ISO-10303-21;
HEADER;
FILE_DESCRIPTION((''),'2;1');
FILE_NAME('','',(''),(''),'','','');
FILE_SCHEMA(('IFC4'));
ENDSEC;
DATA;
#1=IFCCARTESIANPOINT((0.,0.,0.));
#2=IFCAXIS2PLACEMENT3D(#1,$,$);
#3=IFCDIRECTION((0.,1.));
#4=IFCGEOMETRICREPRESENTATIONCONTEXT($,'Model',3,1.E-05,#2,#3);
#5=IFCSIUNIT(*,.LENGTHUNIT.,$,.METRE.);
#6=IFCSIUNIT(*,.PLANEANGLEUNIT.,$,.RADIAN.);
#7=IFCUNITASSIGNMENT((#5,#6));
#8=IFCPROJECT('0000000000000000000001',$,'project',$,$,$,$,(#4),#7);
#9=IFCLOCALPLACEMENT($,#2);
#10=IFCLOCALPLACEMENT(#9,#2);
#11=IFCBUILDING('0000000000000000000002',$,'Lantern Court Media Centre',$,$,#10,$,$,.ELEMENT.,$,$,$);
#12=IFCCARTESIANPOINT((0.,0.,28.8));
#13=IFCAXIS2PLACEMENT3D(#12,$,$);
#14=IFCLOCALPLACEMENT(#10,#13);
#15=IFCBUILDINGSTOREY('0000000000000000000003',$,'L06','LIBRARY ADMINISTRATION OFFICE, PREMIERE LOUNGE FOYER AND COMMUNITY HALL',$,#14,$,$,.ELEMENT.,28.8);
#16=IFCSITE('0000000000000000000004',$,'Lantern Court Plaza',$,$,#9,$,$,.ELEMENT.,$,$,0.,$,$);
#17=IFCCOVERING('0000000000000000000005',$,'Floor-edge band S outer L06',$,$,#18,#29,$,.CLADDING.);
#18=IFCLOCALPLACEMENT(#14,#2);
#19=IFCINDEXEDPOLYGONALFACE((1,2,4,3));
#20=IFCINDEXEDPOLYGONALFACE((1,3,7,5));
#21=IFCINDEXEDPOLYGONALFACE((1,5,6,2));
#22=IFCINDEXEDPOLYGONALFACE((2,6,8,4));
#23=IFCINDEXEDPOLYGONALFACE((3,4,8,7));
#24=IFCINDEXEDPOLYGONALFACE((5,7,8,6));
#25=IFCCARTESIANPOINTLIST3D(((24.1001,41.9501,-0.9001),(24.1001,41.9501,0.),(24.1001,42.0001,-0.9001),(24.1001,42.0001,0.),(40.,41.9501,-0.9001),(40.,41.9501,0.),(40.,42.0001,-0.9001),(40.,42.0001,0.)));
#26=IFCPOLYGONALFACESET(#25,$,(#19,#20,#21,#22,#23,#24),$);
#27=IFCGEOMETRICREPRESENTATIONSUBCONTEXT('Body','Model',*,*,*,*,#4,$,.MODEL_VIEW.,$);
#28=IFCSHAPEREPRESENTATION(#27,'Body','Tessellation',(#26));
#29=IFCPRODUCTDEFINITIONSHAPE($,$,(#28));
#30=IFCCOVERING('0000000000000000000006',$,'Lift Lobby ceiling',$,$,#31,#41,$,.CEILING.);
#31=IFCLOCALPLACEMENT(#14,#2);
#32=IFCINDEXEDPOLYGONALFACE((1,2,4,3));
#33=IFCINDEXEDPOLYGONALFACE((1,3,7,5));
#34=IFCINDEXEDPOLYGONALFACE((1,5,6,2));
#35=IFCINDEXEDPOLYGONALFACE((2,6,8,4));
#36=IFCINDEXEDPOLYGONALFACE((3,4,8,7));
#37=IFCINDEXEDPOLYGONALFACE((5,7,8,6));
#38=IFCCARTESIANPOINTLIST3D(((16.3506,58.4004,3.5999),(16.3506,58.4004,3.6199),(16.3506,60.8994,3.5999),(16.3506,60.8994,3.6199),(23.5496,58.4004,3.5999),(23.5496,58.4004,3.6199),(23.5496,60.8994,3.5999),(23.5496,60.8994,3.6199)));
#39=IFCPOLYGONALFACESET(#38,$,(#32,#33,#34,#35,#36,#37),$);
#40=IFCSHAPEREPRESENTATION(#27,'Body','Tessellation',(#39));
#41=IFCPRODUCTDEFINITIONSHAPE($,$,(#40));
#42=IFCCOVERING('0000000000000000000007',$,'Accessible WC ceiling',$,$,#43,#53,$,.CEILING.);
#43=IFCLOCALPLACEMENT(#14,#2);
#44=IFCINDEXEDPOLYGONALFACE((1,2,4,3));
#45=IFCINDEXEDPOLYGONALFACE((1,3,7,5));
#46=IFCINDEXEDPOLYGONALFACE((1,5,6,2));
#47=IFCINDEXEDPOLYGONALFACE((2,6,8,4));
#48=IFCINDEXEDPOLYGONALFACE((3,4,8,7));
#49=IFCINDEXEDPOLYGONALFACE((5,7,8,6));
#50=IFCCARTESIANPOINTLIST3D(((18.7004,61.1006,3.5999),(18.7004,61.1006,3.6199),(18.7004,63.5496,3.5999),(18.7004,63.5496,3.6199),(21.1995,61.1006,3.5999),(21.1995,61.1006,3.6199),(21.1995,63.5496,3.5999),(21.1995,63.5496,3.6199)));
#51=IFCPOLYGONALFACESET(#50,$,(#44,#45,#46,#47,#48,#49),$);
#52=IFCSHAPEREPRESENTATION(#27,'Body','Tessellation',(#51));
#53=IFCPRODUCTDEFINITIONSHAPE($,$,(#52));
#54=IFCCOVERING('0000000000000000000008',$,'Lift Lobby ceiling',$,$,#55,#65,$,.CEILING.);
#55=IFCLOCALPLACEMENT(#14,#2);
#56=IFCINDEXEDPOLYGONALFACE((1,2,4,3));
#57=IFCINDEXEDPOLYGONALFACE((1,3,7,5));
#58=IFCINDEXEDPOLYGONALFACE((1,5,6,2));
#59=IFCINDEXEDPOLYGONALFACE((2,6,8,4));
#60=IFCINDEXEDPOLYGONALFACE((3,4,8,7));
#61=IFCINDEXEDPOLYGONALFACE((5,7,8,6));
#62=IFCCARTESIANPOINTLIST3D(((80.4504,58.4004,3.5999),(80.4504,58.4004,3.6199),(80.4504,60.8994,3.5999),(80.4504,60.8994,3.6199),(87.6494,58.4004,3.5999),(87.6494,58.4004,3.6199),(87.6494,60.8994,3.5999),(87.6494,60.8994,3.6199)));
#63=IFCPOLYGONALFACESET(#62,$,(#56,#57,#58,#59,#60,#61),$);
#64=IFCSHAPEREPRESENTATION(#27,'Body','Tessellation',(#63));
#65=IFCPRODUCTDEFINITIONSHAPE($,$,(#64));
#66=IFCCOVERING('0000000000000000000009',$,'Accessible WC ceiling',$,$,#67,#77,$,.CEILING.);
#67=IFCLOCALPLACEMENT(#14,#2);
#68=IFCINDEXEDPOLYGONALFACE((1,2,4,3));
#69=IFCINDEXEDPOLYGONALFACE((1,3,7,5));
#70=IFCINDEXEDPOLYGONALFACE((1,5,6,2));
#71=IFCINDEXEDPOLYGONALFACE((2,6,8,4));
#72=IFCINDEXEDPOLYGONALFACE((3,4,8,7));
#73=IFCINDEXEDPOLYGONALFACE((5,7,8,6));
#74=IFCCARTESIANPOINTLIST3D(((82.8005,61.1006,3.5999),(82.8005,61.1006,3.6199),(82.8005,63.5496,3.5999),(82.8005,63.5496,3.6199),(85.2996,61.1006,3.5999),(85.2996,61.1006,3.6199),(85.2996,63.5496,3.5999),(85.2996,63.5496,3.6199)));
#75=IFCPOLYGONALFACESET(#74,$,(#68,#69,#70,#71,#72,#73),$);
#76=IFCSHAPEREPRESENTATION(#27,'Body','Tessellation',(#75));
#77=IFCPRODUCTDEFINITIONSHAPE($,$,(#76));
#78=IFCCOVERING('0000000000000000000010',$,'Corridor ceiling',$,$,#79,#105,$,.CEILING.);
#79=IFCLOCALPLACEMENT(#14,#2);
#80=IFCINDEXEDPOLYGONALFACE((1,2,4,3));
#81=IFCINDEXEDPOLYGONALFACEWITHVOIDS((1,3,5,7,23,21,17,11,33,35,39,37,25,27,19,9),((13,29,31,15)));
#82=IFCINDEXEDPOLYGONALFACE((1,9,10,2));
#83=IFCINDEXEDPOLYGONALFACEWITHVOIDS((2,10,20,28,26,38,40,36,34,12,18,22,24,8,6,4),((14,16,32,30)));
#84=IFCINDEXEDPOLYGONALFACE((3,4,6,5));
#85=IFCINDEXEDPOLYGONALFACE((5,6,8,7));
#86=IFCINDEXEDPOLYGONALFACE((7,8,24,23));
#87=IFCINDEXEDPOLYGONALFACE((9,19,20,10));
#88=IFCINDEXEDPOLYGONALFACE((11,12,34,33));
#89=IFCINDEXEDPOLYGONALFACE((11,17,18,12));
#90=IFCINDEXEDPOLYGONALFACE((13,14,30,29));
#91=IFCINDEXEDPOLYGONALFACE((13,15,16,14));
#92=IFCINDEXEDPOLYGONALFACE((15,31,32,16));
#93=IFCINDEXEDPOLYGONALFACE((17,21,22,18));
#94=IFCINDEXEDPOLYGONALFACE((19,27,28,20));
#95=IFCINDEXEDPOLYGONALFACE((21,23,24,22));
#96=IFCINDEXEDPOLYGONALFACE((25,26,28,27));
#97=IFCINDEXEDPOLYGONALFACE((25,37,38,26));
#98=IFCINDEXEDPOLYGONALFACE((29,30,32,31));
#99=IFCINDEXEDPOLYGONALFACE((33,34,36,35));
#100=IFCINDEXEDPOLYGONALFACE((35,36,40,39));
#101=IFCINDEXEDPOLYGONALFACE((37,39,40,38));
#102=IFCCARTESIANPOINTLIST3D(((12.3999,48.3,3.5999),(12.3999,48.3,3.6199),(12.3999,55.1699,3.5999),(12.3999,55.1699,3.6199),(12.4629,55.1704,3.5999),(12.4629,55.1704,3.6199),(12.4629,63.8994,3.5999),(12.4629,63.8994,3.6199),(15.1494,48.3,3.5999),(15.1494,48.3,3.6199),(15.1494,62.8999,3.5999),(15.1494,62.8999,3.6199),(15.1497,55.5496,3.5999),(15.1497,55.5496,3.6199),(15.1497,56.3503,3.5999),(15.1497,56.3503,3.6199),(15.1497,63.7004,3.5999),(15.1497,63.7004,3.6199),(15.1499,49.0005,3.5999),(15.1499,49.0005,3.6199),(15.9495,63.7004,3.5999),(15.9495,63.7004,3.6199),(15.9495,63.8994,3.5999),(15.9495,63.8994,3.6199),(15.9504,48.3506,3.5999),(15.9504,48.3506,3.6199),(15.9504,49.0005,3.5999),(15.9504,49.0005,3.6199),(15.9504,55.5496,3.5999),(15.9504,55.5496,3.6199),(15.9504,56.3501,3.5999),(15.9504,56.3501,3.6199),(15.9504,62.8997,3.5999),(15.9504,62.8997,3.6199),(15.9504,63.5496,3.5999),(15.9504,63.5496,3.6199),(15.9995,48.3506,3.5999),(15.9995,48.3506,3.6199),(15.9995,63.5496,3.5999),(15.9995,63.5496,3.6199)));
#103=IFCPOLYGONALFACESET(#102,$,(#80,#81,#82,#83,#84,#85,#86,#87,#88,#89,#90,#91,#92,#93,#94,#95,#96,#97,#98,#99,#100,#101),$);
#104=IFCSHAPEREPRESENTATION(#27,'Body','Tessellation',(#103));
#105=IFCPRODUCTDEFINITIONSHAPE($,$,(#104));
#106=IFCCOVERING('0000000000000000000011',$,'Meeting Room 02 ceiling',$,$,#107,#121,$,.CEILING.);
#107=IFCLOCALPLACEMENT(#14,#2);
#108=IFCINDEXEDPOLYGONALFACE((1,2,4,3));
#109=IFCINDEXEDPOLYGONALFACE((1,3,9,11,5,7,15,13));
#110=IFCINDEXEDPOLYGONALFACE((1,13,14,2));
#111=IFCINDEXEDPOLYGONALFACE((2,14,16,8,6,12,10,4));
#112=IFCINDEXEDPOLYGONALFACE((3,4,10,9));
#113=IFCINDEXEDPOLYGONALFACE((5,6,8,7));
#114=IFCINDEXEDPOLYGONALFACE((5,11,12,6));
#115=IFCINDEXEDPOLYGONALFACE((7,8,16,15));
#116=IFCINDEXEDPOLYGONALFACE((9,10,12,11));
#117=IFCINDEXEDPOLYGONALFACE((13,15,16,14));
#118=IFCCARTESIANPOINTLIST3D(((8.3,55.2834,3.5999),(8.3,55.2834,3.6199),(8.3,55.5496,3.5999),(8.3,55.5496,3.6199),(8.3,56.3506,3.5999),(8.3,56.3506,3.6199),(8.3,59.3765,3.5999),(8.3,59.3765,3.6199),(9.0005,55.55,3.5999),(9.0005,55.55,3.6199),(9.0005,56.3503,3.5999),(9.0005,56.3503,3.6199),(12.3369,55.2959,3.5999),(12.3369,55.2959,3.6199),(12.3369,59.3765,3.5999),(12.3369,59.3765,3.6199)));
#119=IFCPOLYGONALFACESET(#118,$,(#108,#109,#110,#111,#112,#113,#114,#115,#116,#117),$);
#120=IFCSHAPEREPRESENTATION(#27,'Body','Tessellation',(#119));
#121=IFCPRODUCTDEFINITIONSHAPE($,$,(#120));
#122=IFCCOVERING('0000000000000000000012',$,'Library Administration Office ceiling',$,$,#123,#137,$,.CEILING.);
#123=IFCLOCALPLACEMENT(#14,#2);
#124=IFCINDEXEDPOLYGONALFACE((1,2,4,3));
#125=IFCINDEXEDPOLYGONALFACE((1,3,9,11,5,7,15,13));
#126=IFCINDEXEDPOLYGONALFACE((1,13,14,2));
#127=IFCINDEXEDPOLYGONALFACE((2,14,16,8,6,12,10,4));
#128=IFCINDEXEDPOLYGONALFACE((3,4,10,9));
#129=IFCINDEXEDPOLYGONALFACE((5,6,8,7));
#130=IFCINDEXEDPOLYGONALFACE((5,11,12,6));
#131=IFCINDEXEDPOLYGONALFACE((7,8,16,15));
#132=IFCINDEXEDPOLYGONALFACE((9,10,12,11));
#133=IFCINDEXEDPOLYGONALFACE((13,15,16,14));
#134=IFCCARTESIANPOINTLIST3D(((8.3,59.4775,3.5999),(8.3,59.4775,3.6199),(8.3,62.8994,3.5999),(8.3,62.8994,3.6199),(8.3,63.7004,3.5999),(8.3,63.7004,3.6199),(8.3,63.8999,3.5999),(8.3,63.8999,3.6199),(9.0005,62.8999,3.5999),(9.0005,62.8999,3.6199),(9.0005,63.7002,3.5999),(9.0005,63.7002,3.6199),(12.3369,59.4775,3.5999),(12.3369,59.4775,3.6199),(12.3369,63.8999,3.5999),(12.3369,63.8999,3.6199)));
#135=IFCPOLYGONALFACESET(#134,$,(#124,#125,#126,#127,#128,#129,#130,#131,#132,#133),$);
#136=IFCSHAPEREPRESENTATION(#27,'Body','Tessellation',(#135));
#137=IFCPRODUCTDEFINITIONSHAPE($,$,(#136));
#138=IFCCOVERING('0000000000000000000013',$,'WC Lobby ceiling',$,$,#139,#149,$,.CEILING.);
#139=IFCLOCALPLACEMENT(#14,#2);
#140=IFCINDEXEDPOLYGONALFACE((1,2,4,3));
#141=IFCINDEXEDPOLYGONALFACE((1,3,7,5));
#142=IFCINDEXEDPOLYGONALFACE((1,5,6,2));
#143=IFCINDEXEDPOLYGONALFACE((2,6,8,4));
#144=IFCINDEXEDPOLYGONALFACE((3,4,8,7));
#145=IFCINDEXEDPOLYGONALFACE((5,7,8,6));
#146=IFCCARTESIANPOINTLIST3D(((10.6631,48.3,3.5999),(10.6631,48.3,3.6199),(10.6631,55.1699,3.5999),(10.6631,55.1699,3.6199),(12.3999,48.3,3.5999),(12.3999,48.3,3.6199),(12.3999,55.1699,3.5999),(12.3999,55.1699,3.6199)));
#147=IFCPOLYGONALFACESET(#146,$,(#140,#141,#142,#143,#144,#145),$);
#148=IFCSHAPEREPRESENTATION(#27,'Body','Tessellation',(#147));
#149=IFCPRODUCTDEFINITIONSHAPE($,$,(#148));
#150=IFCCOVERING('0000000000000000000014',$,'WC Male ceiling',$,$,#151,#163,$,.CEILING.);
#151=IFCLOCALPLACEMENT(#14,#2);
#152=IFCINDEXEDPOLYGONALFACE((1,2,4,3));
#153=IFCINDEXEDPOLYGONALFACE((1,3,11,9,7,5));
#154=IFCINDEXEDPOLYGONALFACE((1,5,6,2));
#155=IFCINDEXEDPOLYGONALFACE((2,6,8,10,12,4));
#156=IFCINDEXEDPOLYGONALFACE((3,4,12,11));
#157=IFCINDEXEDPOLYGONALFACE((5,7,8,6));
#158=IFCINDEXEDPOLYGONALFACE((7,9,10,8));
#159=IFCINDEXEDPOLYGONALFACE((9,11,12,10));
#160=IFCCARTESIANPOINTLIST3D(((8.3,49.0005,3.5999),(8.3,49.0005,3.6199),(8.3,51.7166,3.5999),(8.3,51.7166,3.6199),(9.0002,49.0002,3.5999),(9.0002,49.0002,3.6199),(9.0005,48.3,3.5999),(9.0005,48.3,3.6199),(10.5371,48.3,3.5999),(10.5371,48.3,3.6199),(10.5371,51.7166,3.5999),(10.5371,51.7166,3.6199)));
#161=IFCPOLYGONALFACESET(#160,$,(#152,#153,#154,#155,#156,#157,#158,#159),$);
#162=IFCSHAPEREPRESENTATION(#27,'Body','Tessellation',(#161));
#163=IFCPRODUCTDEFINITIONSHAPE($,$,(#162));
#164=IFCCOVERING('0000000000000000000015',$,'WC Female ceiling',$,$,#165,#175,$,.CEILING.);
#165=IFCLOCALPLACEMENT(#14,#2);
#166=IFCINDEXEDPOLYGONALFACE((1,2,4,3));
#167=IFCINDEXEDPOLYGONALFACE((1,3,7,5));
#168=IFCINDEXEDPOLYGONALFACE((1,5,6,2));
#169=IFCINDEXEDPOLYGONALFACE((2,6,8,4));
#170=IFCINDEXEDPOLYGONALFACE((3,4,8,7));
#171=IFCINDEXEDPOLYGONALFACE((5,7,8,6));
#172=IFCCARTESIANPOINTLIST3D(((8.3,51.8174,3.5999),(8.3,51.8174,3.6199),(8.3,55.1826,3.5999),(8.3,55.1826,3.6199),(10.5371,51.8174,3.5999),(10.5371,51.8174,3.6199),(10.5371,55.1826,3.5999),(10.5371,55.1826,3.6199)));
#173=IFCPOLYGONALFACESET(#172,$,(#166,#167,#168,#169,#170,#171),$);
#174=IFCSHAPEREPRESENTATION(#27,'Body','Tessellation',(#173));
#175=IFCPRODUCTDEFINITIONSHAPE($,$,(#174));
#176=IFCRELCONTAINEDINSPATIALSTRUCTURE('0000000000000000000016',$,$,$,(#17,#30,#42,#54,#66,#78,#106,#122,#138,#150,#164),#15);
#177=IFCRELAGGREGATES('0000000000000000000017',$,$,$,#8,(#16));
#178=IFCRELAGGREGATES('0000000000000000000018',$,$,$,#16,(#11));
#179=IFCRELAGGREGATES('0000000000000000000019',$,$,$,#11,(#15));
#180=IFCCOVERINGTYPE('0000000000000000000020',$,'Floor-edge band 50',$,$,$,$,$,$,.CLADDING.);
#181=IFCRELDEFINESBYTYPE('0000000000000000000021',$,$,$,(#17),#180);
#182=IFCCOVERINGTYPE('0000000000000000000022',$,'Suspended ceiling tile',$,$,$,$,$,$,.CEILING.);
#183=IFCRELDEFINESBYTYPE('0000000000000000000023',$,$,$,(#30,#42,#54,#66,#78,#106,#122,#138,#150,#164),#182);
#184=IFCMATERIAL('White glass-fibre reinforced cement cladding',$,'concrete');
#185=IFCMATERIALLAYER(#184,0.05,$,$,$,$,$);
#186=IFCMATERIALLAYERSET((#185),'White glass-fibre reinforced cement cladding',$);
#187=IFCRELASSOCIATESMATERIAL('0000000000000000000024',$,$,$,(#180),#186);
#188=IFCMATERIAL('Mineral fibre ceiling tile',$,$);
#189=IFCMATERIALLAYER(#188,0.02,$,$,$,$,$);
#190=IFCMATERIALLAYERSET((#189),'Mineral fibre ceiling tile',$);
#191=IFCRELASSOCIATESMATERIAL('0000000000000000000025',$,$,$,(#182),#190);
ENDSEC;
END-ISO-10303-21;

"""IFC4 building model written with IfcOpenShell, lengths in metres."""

from ifc_helpers import new_model, si_unit, direction, frame, frame_2d, origin, place, context, subcontext, project, spatial, polyline, rectangle, outline, extrude, material, layer, layer_set, type_object, element, save


model = new_model("IFC4")

# Units and contexts
model_context = context("Model", 3, precision=1e-05, world=origin(), true_north=direction((0.0, 1.0)))
body_context = subcontext(model_context, "Body", "Model", "MODEL_VIEW")
ifc_project = project(units=[si_unit("LENGTHUNIT", "METRE"), si_unit("PLANEANGLEUNIT", "RADIAN")], contexts=[model_context])

# Site, building, storey
site_placement = place(None, origin())
site = spatial("IfcSite", under=ifc_project, at=site_placement, Name="Lantern Court Plaza", CompositionType="ELEMENT", RefElevation=0.0)
building_placement = place(site_placement, origin())
building = spatial("IfcBuilding", under=site, at=building_placement, Name="Lantern Court Media Centre", CompositionType="ELEMENT")
storey_placement = place(building_placement, frame((0.0, 0.0, 28.8)))
storey = spatial("IfcBuildingStorey", under=building, at=storey_placement, Name="L06", Description="LIBRARY ADMINISTRATION OFFICE, PREMIERE LOUNGE FOYER AND COMMUNITY HALL", CompositionType="ELEMENT", Elevation=28.8)

# Coverings
ifc_material_1 = material(Name="White glass-fibre reinforced cement cladding", Category="concrete")
ifc_layer_1 = layer(ifc_material_1, 0.05)
ifc_layer_set_1 = layer_set([ifc_layer_1], Name="White glass-fibre reinforced cement cladding")
covering_type_1 = type_object("IfcCoveringType", Name="Floor-edge band 50", PredefinedType="CLADDING", material=ifc_layer_set_1)
covering_1_placement = place(storey_placement, frame((24.1001, 41.9751, -0.9001), z_axis=(0.0, 0.0, 1.0), x_axis=(1.0, 0.0, 0.0)))
element("IfcCovering", 1, at=covering_1_placement, inside=storey, type_object=covering_type_1, Name="Floor-edge band S outer L06", PredefinedType="CLADDING", context=body_context, shape_type="SweptSolid", body=[
    extrude(rectangle(XDim=15.8999, YDim=0.05, at=frame_2d((7.95, 0.0))), origin(), (0.0, 0.0, 1.0), 0.9001),
])
ifc_material_2 = material(Name="Mineral fibre ceiling tile")
ifc_layer_2 = layer(ifc_material_2, 0.02)
ifc_layer_set_2 = layer_set([ifc_layer_2], Name="Mineral fibre ceiling tile")
covering_type_2 = type_object("IfcCoveringType", Name="Suspended ceiling tile", PredefinedType="CEILING", material=ifc_layer_set_2)
covering_2_placement = place(storey_placement, frame((0.0, 0.0, 3.5999)))
element("IfcCovering", 2, at=covering_2_placement, inside=storey, type_object=covering_type_2, Name="Lift Lobby ceiling", PredefinedType="CEILING", context=body_context, shape_type="SweptSolid", body=[
    extrude(outline(polyline([(16.3506, 58.4004), (16.3506, 60.8994), (23.5496, 60.8994), (23.5496, 58.4004), (16.3506, 58.4004)])), origin(), (0.0, 0.0, 1.0), 0.02),
])
covering_3_placement = place(storey_placement, frame((0.0, 0.0, 3.5999)))
element("IfcCovering", 3, at=covering_3_placement, inside=storey, type_object=covering_type_2, Name="Accessible WC ceiling", PredefinedType="CEILING", context=body_context, shape_type="SweptSolid", body=[
    extrude(outline(polyline([(21.1995, 63.5496), (21.1995, 61.1006), (18.7004, 61.1006), (18.7004, 63.5496), (21.1995, 63.5496)])), origin(), (0.0, 0.0, 1.0), 0.02),
])
covering_4_placement = place(storey_placement, frame((0.0, 0.0, 3.5999)))
element("IfcCovering", 4, at=covering_4_placement, inside=storey, type_object=covering_type_2, Name="Lift Lobby ceiling", PredefinedType="CEILING", context=body_context, shape_type="SweptSolid", body=[
    extrude(outline(polyline([(80.4504, 58.4004), (80.4504, 60.8994), (87.6494, 60.8994), (87.6494, 58.4004), (80.4504, 58.4004)])), origin(), (0.0, 0.0, 1.0), 0.02),
])
covering_5_placement = place(storey_placement, frame((0.0, 0.0, 3.5999)))
element("IfcCovering", 5, at=covering_5_placement, inside=storey, type_object=covering_type_2, Name="Accessible WC ceiling", PredefinedType="CEILING", context=body_context, shape_type="SweptSolid", body=[
    extrude(outline(polyline([(85.2996, 61.1006), (82.8005, 61.1006), (82.8005, 63.5496), (85.2996, 63.5496), (85.2996, 61.1006)])), origin(), (0.0, 0.0, 1.0), 0.02),
])
covering_6_placement = place(storey_placement, frame((0.0, 0.0, 3.5999)))
element("IfcCovering", 6, at=covering_6_placement, inside=storey, type_object=covering_type_2, Name="Corridor ceiling", PredefinedType="CEILING", context=body_context, shape_type="SweptSolid", body=[
    extrude(outline(polyline([(12.3999, 48.3), (12.3999, 55.1699), (12.4629, 55.1704), (12.4629, 63.8994), (15.9495, 63.8994), (15.9495, 63.7004), (15.1497, 63.7004), (15.1494, 62.8999), (15.9504, 62.8997), (15.9504, 63.5496), (15.9995, 63.5496), (15.9995, 48.3506), (15.9504, 48.3506), (15.9504, 49.0005), (15.1499, 49.0005), (15.1494, 48.3), (12.3999, 48.3)]), holes=[polyline([(15.9504, 56.3501), (15.1497, 56.3503), (15.1497, 55.5496), (15.9504, 55.5496), (15.9504, 56.3501)])]), origin(), (0.0, 0.0, 1.0), 0.02),
])
covering_7_placement = place(storey_placement, frame((0.0, 0.0, 3.5999)))
element("IfcCovering", 7, at=covering_7_placement, inside=storey, type_object=covering_type_2, Name="Meeting Room 02 ceiling", PredefinedType="CEILING", context=body_context, shape_type="SweptSolid", body=[
    extrude(outline(polyline([(8.3, 59.3765), (12.3369, 59.3765), (12.3369, 55.2959), (8.3, 55.2834), (8.3, 55.5496), (9.0005, 55.55), (9.0005, 56.3503), (8.3, 56.3506), (8.3, 59.3765)])), origin(), (0.0, 0.0, 1.0), 0.02),
])
covering_8_placement = place(storey_placement, frame((0.0, 0.0, 3.5999)))
element("IfcCovering", 8, at=covering_8_placement, inside=storey, type_object=covering_type_2, Name="Library Administration Office ceiling", PredefinedType="CEILING", context=body_context, shape_type="SweptSolid", body=[
    extrude(outline(polyline([(8.3, 63.8999), (12.3369, 63.8999), (12.3369, 59.4775), (8.3, 59.4775), (8.3, 62.8994), (9.0005, 62.8999), (9.0005, 63.7002), (8.3, 63.7004), (8.3, 63.8999)])), origin(), (0.0, 0.0, 1.0), 0.02),
])
covering_9_placement = place(storey_placement, frame((0.0, 0.0, 3.5999)))
element("IfcCovering", 9, at=covering_9_placement, inside=storey, type_object=covering_type_2, Name="WC Lobby ceiling", PredefinedType="CEILING", context=body_context, shape_type="SweptSolid", body=[
    extrude(outline(polyline([(12.3999, 48.3), (10.6631, 48.3), (10.6631, 55.1699), (12.3999, 55.1699), (12.3999, 48.3)])), origin(), (0.0, 0.0, 1.0), 0.02),
])
covering_10_placement = place(storey_placement, frame((0.0, 0.0, 3.5999)))
element("IfcCovering", 10, at=covering_10_placement, inside=storey, type_object=covering_type_2, Name="WC Male ceiling", PredefinedType="CEILING", context=body_context, shape_type="SweptSolid", body=[
    extrude(outline(polyline([(8.3, 51.7166), (10.5371, 51.7166), (10.5371, 48.3), (9.0005, 48.3), (9.0002, 49.0002), (8.3, 49.0005), (8.3, 51.7166)])), origin(), (0.0, 0.0, 1.0), 0.02),
])
covering_11_placement = place(storey_placement, frame((0.0, 0.0, 3.5999)))
element("IfcCovering", 11, at=covering_11_placement, inside=storey, type_object=covering_type_2, Name="WC Female ceiling", PredefinedType="CEILING", context=body_context, shape_type="SweptSolid", body=[
    extrude(outline(polyline([(8.3, 55.1826), (10.5371, 55.1826), (10.5371, 51.8174), (8.3, 51.8174), (8.3, 55.1826)])), origin(), (0.0, 0.0, 1.0), 0.02),
])

save(model, "model.ifc")
